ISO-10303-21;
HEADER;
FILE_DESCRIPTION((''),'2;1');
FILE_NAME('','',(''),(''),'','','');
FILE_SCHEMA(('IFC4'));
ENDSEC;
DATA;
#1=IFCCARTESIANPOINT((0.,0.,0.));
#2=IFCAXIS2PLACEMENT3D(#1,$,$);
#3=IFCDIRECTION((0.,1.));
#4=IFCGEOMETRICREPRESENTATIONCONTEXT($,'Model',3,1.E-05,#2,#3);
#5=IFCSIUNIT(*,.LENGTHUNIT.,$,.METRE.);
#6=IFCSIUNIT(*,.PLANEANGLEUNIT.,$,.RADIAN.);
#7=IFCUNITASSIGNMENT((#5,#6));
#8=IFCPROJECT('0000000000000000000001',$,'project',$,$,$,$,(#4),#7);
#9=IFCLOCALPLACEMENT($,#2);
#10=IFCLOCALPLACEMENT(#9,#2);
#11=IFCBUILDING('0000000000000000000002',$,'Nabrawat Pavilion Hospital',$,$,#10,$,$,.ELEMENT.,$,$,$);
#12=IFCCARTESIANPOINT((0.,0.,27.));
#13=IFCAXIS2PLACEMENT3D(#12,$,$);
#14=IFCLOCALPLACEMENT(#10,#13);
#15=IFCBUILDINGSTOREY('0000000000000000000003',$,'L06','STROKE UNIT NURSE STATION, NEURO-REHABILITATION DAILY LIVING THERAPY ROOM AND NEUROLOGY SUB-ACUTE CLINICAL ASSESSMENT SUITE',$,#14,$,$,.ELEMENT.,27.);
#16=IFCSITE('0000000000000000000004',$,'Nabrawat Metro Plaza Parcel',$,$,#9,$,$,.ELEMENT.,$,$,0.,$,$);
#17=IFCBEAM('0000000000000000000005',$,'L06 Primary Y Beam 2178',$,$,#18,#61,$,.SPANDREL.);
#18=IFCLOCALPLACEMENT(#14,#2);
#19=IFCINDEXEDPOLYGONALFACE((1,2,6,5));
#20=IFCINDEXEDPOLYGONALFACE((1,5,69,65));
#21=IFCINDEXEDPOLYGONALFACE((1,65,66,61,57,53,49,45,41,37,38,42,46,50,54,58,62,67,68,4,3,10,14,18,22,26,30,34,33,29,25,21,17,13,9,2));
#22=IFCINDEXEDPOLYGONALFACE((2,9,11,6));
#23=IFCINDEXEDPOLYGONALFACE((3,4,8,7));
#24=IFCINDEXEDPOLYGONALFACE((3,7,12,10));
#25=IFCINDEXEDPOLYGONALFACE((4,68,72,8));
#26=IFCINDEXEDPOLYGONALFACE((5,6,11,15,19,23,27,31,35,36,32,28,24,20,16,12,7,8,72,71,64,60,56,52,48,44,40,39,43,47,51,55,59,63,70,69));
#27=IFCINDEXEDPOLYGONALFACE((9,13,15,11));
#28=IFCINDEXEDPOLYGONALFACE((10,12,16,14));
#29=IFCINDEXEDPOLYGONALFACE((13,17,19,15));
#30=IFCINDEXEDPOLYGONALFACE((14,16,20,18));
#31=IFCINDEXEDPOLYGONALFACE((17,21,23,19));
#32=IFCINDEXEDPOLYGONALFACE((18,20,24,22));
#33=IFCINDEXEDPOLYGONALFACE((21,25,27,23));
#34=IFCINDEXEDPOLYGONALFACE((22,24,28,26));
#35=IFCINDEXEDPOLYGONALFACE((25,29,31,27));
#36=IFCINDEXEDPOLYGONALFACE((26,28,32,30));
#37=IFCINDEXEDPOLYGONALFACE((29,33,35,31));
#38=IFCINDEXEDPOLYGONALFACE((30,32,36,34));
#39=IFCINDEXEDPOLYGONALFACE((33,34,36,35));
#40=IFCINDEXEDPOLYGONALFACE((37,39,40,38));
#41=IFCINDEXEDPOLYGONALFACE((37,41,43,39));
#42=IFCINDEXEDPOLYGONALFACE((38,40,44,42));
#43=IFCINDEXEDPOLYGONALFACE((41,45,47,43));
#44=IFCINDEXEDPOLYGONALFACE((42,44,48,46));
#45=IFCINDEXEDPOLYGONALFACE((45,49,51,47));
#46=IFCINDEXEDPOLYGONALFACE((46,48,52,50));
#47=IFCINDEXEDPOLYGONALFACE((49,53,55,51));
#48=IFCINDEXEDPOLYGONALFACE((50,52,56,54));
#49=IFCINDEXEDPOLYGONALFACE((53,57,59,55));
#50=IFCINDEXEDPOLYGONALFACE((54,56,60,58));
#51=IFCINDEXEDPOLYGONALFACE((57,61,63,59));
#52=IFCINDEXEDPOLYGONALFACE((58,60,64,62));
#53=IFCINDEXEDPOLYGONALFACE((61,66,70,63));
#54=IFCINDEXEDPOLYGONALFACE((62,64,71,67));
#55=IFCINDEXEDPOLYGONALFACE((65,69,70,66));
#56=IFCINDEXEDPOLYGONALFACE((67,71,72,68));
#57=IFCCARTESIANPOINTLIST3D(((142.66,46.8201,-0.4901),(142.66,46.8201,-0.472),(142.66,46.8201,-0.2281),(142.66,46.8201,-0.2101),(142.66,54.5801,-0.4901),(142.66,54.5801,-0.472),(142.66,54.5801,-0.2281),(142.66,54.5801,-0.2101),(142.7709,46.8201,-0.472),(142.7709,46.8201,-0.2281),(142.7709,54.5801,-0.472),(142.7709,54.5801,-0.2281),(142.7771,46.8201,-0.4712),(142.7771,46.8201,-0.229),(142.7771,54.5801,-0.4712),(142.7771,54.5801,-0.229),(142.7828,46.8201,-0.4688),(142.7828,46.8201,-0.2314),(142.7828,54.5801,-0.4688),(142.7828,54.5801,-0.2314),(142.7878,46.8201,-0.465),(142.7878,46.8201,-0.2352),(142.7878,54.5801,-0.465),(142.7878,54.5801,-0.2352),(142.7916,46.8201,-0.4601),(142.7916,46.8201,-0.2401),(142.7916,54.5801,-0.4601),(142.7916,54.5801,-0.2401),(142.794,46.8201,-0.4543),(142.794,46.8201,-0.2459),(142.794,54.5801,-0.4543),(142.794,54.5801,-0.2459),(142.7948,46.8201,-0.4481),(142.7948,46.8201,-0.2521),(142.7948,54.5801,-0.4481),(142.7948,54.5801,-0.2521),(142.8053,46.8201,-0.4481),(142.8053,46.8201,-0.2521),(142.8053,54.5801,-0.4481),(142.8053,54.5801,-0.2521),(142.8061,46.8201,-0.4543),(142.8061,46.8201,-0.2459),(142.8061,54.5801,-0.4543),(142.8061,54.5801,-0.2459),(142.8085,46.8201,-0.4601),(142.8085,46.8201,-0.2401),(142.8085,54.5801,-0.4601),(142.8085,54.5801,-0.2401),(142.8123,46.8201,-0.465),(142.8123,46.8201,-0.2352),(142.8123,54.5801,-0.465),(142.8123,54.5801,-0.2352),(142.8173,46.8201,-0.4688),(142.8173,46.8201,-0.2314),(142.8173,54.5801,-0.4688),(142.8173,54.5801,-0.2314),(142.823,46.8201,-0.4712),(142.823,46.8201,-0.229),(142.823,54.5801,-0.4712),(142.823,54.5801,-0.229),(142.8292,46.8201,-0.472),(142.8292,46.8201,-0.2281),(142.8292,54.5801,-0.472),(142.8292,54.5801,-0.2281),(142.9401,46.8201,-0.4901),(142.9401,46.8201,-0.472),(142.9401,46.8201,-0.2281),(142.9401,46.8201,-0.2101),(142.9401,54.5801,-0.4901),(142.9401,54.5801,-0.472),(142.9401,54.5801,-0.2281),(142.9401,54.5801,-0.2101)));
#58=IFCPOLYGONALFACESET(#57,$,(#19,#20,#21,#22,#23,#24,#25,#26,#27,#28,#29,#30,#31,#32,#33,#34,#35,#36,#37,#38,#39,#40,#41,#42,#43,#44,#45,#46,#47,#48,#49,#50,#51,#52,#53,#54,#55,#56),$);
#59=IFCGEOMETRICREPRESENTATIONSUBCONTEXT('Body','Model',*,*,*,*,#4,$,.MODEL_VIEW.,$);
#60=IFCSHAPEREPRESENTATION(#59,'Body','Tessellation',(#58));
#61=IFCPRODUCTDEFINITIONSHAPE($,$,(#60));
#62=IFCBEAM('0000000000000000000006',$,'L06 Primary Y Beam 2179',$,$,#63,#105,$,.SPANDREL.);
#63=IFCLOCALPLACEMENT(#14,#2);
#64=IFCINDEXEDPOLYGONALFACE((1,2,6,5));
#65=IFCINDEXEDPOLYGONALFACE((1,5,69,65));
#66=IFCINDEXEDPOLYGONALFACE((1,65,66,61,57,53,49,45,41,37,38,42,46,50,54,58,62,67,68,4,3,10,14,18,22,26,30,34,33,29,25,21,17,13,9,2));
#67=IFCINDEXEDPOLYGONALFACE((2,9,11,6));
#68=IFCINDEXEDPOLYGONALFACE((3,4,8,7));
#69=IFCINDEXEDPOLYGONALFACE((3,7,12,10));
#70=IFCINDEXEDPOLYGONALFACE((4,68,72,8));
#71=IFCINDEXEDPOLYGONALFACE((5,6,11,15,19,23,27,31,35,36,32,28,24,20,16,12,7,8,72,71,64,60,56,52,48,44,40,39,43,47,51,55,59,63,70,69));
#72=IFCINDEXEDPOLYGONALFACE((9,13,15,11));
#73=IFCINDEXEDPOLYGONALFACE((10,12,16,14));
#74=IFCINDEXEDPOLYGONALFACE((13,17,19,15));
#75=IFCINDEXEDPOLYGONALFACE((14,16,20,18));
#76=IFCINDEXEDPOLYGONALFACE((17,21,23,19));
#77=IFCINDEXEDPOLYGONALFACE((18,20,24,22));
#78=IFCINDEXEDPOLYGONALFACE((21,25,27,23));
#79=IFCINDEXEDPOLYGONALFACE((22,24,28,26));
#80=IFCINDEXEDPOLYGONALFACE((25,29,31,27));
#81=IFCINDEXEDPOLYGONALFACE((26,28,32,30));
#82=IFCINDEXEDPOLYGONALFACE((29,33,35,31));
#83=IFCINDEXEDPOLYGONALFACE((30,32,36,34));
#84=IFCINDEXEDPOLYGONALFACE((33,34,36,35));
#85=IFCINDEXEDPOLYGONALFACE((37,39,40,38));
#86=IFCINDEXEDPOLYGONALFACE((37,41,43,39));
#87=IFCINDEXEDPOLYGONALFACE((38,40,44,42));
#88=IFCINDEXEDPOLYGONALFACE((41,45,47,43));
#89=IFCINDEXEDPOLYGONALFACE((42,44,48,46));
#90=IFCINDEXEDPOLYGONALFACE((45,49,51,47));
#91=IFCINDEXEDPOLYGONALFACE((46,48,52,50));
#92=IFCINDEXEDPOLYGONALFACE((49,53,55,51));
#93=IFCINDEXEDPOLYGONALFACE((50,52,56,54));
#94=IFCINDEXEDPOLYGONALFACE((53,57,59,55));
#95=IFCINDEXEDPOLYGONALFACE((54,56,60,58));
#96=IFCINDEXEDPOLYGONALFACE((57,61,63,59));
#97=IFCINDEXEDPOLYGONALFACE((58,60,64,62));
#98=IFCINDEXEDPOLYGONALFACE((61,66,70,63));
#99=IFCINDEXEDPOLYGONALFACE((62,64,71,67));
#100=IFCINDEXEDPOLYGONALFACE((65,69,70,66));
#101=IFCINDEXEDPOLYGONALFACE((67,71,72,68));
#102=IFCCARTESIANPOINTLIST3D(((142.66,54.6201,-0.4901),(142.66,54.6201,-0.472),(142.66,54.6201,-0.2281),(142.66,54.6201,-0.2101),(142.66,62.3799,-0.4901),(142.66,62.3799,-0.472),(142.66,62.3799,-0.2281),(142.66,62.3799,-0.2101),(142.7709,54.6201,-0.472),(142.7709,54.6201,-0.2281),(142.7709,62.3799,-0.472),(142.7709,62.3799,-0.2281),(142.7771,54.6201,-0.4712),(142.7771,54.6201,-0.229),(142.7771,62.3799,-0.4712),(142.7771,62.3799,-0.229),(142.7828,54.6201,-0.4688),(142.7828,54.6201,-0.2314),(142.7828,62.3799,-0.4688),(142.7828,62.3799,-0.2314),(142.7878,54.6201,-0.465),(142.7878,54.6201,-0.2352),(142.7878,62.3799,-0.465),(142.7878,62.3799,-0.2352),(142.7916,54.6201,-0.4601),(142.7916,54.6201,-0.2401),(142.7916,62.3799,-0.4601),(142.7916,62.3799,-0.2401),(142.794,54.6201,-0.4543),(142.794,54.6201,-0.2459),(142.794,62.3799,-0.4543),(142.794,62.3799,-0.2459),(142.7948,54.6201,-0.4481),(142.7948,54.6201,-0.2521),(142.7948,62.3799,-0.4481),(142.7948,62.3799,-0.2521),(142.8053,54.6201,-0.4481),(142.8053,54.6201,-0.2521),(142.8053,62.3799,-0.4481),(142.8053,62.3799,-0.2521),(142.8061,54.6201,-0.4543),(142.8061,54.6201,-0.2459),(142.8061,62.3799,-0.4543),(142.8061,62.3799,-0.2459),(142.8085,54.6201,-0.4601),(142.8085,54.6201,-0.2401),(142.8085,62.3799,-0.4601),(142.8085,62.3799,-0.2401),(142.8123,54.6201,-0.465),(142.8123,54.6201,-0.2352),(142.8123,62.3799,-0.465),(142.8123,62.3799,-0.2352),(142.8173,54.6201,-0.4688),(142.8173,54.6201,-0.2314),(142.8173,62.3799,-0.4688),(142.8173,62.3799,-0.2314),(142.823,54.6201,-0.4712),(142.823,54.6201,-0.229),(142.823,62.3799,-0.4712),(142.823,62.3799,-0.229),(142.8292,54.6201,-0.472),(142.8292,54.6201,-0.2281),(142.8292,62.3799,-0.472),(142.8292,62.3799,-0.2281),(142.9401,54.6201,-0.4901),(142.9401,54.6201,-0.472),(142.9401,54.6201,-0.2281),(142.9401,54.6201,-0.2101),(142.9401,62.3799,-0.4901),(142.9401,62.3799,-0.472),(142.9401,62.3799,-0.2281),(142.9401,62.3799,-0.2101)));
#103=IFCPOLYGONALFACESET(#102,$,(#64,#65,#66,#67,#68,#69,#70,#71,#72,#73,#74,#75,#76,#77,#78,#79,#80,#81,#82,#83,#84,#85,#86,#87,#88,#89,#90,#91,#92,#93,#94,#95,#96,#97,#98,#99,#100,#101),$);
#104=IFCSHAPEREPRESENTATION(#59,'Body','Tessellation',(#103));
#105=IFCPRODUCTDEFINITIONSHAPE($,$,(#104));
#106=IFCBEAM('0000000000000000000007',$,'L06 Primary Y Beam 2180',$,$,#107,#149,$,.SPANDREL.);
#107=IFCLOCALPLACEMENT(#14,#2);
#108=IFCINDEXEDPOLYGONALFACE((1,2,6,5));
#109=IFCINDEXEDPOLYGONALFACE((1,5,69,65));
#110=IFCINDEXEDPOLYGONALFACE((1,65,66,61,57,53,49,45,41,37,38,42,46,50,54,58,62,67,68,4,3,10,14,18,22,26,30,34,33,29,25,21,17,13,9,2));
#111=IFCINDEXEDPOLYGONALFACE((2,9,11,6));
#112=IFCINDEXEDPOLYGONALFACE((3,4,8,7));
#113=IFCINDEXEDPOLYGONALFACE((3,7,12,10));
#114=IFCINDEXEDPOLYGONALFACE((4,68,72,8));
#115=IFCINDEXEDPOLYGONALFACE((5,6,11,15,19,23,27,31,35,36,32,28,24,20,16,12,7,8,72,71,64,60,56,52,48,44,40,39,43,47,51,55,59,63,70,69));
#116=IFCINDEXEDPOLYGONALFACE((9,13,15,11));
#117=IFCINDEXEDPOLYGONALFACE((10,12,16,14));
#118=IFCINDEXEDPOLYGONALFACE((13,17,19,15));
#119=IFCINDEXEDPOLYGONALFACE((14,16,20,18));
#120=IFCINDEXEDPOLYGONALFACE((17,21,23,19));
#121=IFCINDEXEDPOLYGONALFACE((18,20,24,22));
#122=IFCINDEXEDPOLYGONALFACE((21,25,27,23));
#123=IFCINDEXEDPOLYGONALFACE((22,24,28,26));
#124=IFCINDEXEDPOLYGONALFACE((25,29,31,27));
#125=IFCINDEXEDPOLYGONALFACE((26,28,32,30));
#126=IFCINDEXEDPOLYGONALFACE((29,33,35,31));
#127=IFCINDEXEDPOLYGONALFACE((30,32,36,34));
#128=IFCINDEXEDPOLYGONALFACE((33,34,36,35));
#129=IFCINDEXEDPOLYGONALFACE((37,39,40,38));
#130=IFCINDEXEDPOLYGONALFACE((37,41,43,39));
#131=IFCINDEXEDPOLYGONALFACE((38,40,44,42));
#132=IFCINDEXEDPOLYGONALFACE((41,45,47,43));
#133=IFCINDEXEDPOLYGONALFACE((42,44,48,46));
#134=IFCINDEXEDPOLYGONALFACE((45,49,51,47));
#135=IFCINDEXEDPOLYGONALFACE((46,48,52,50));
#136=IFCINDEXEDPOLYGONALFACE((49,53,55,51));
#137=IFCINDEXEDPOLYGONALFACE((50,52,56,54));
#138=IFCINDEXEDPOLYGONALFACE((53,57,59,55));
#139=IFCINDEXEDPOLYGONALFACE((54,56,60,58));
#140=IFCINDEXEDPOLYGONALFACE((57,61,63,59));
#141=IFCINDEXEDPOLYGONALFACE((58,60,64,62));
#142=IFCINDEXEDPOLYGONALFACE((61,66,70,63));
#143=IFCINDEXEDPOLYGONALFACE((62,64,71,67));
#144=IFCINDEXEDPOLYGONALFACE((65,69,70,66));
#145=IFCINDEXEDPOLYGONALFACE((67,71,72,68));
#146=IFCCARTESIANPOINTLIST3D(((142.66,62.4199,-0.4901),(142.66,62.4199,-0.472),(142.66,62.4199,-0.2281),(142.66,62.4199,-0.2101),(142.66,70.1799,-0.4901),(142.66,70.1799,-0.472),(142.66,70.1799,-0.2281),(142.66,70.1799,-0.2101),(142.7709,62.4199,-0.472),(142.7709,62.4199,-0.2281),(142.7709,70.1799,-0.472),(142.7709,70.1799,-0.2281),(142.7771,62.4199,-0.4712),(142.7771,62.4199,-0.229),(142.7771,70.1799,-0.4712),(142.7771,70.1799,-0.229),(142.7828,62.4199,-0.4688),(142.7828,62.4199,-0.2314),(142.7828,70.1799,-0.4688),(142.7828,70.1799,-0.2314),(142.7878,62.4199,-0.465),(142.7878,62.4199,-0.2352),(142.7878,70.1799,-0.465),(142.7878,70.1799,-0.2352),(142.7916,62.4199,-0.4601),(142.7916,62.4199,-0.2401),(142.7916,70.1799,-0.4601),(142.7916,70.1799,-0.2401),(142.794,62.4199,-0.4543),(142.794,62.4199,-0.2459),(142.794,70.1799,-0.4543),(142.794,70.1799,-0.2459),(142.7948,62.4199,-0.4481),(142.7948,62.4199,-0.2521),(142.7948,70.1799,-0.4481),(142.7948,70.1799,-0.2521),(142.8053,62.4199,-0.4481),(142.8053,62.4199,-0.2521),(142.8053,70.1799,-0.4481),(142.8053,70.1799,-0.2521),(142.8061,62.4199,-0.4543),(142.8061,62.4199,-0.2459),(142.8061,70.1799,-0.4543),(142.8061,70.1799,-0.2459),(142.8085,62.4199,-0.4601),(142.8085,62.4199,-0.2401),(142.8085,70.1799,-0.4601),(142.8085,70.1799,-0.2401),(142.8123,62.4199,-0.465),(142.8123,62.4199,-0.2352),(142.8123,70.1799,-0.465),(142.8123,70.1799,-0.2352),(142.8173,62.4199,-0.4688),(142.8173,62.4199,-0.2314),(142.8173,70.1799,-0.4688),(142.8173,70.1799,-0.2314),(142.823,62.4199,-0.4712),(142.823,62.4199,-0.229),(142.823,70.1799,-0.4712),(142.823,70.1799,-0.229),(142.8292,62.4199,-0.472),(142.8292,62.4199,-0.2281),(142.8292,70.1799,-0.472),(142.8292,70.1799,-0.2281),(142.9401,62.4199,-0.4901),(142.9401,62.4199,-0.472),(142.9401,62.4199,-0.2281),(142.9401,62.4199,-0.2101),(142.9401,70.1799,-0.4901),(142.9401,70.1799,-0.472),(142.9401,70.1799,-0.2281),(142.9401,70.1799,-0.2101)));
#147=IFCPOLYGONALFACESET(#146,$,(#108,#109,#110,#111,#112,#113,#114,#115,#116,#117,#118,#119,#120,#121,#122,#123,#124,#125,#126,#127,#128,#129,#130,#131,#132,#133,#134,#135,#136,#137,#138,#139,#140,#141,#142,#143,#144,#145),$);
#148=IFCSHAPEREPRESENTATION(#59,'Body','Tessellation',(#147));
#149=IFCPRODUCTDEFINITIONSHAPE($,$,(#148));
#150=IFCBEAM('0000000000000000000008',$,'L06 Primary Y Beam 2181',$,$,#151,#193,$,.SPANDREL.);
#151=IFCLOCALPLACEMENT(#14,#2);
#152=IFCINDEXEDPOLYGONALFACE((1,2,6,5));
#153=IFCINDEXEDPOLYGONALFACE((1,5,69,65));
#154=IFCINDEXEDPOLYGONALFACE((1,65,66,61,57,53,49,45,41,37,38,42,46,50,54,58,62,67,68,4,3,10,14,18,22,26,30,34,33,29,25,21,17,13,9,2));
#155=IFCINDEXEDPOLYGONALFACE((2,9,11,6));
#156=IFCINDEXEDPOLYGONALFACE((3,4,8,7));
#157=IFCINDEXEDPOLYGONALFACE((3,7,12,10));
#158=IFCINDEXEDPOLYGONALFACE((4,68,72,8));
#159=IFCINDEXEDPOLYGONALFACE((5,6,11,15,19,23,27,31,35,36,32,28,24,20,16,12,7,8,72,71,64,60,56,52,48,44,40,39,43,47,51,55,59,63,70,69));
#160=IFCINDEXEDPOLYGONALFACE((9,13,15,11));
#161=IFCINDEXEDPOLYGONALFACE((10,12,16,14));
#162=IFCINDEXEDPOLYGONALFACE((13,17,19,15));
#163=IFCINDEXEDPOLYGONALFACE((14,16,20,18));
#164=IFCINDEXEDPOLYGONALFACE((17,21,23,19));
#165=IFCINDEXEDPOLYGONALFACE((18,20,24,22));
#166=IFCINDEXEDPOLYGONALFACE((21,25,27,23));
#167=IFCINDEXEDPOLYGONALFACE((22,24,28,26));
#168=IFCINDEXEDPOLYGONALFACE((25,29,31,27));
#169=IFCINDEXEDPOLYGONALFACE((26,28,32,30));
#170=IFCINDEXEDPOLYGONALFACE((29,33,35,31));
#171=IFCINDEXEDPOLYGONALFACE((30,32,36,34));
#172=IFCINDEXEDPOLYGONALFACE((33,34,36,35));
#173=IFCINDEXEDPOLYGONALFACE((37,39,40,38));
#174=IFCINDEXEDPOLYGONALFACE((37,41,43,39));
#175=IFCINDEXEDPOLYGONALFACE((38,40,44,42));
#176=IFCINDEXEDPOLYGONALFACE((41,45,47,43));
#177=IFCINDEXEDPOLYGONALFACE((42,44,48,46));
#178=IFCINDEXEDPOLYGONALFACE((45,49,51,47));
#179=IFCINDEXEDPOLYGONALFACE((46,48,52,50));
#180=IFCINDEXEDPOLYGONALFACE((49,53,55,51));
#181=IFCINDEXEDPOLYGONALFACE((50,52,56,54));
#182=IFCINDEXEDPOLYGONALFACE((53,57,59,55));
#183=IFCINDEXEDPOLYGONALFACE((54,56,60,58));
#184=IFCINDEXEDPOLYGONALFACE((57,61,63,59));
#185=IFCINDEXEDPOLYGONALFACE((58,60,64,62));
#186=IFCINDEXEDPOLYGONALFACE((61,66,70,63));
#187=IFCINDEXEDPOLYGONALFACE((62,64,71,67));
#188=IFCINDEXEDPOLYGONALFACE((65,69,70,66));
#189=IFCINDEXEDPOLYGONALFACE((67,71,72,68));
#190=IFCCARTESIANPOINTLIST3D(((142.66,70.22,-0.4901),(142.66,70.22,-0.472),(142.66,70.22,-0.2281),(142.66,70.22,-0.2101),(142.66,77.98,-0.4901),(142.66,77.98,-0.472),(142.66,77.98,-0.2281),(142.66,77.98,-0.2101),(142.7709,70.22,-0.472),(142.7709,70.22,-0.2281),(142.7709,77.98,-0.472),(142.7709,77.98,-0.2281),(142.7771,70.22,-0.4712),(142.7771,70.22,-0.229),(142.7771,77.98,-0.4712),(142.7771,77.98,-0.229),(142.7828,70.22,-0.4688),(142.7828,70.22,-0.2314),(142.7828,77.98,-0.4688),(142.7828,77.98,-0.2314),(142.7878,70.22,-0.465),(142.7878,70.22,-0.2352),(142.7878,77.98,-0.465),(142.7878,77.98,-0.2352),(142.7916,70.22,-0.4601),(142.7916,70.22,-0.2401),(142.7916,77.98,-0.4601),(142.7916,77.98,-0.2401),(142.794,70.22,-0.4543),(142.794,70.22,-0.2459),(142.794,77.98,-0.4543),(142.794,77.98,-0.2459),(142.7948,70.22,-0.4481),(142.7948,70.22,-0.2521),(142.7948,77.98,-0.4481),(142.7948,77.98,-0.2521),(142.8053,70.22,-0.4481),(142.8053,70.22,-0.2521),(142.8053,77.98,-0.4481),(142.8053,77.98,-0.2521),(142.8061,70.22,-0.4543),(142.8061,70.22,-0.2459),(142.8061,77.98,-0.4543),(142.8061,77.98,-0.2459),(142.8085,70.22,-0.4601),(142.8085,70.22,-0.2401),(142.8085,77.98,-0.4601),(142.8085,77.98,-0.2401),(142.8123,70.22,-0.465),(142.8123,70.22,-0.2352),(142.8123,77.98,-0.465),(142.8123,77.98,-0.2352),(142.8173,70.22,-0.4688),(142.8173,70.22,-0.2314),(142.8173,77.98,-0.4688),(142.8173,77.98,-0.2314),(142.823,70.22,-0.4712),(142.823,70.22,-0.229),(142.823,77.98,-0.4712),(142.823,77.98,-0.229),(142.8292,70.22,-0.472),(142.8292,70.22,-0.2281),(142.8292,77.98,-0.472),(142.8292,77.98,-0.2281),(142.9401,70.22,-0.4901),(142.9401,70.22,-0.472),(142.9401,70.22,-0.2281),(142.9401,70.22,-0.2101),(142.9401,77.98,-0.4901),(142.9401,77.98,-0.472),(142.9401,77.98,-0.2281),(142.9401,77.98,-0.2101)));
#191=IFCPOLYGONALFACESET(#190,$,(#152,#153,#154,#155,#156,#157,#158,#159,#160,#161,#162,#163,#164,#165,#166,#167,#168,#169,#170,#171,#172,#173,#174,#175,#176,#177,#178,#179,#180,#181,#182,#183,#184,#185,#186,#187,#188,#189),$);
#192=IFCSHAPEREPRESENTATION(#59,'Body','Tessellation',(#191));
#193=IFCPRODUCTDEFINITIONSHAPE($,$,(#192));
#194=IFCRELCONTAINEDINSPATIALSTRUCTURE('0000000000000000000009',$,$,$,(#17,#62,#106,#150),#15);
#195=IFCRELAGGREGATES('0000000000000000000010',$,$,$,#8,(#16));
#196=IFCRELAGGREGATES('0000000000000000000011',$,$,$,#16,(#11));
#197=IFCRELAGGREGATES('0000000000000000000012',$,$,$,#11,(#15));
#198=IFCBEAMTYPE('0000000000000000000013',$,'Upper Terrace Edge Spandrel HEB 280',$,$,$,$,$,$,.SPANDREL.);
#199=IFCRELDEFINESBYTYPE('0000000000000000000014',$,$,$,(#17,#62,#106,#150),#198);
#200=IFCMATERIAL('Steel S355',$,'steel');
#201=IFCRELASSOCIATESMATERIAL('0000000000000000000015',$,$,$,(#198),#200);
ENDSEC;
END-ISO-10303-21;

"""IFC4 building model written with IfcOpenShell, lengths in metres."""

from ifc_helpers import new_model, si_unit, direction, frame, origin, origin_2d, place, context, subcontext, project, spatial, i_section, extrude, material, material_profile, profile_set, type_object, element, save


model = new_model("IFC4")

# Units and contexts
model_context = context("Model", 3, precision=1e-05, world=origin(), true_north=direction((0.0, 1.0)))
body_context = subcontext(model_context, "Body", "Model", "MODEL_VIEW")
ifc_project = project(units=[si_unit("LENGTHUNIT", "METRE"), si_unit("PLANEANGLEUNIT", "RADIAN")], contexts=[model_context])

# Site, building, storey
site_placement = place(None, origin())
site = spatial("IfcSite", under=ifc_project, at=site_placement, Name="Nabrawat Metro Plaza Parcel", CompositionType="ELEMENT", RefElevation=0.0)
building_placement = place(site_placement, origin())
building = spatial("IfcBuilding", under=site, at=building_placement, Name="Nabrawat Pavilion Hospital", CompositionType="ELEMENT")
storey_placement = place(building_placement, frame((0.0, 0.0, 27.0)))
storey = spatial("IfcBuildingStorey", under=building, at=storey_placement, Name="L06", Description="STROKE UNIT NURSE STATION, NEURO-REHABILITATION DAILY LIVING THERAPY ROOM AND NEUROLOGY SUB-ACUTE CLINICAL ASSESSMENT SUITE", CompositionType="ELEMENT", Elevation=27.0)

# Shared definitions
ifc_material_1 = material(Name="Steel S355", Category="steel")

# Beams
ifc_material_profile_1 = material_profile(ifc_material_1, i_section(OverallWidth=0.28, OverallDepth=0.28, WebThickness=0.0105, FlangeThickness=0.0181, FilletRadius=0.0239, at=origin_2d()), Name="HEB 280")
ifc_profile_set_1 = profile_set([ifc_material_profile_1], Name="Steel S355")
beam_type_1 = type_object("IfcBeamType", Name="Upper Terrace Edge Spandrel HEB 280", PredefinedType="SPANDREL", material=ifc_profile_set_1)
for number, where, z_axis, x_axis, name in (
    (1, (142.8, 46.8201, -0.3501), (0.0, 1.0, 0.0), (-1.0, 0.0, 0.0), "L06 Primary Y Beam 2178"),
):
    element("IfcBeam", number, at=place(storey_placement, frame(where, z_axis=z_axis, x_axis=x_axis)), inside=storey, type_object=beam_type_1, Name=name, PredefinedType="SPANDREL", context=body_context, shape_type="SweptSolid", body=[
        extrude(i_section(OverallWidth=0.28, OverallDepth=0.28, WebThickness=0.0105, FlangeThickness=0.0181, FilletRadius=0.0239, at=origin_2d()), origin(), (0.0, 0.0, 1.0), 7.76),
    ])
beam_1_placement = place(storey_placement, frame((142.8, 54.6201, -0.3501), z_axis=(0.0, 1.0, 0.0), x_axis=(-1.0, 0.0, 0.0)))
element("IfcBeam", 2, at=beam_1_placement, inside=storey, type_object=beam_type_1, Name="L06 Primary Y Beam 2179", PredefinedType="SPANDREL", context=body_context, shape_type="SweptSolid", body=[
    extrude(i_section(OverallWidth=0.28, OverallDepth=0.28, WebThickness=0.0105, FlangeThickness=0.0181, FilletRadius=0.0239, at=origin_2d()), origin(), (0.0, 0.0, 1.0), 7.7598),
])
for number, where, z_axis, x_axis, name in (
    (3, (142.8, 62.4199, -0.3501), (0.0, 1.0, 0.0), (-1.0, 0.0, 0.0), "L06 Primary Y Beam 2180"),
    (4, (142.8, 70.22, -0.3501), (0.0, 1.0, 0.0), (-1.0, 0.0, 0.0), "L06 Primary Y Beam 2181"),
):
    element("IfcBeam", number, at=place(storey_placement, frame(where, z_axis=z_axis, x_axis=x_axis)), inside=storey, type_object=beam_type_1, Name=name, PredefinedType="SPANDREL", context=body_context, shape_type="SweptSolid", body=[
        extrude(i_section(OverallWidth=0.28, OverallDepth=0.28, WebThickness=0.0105, FlangeThickness=0.0181, FilletRadius=0.0239, at=origin_2d()), origin(), (0.0, 0.0, 1.0), 7.76),
    ])

save(model, "model.ifc")
